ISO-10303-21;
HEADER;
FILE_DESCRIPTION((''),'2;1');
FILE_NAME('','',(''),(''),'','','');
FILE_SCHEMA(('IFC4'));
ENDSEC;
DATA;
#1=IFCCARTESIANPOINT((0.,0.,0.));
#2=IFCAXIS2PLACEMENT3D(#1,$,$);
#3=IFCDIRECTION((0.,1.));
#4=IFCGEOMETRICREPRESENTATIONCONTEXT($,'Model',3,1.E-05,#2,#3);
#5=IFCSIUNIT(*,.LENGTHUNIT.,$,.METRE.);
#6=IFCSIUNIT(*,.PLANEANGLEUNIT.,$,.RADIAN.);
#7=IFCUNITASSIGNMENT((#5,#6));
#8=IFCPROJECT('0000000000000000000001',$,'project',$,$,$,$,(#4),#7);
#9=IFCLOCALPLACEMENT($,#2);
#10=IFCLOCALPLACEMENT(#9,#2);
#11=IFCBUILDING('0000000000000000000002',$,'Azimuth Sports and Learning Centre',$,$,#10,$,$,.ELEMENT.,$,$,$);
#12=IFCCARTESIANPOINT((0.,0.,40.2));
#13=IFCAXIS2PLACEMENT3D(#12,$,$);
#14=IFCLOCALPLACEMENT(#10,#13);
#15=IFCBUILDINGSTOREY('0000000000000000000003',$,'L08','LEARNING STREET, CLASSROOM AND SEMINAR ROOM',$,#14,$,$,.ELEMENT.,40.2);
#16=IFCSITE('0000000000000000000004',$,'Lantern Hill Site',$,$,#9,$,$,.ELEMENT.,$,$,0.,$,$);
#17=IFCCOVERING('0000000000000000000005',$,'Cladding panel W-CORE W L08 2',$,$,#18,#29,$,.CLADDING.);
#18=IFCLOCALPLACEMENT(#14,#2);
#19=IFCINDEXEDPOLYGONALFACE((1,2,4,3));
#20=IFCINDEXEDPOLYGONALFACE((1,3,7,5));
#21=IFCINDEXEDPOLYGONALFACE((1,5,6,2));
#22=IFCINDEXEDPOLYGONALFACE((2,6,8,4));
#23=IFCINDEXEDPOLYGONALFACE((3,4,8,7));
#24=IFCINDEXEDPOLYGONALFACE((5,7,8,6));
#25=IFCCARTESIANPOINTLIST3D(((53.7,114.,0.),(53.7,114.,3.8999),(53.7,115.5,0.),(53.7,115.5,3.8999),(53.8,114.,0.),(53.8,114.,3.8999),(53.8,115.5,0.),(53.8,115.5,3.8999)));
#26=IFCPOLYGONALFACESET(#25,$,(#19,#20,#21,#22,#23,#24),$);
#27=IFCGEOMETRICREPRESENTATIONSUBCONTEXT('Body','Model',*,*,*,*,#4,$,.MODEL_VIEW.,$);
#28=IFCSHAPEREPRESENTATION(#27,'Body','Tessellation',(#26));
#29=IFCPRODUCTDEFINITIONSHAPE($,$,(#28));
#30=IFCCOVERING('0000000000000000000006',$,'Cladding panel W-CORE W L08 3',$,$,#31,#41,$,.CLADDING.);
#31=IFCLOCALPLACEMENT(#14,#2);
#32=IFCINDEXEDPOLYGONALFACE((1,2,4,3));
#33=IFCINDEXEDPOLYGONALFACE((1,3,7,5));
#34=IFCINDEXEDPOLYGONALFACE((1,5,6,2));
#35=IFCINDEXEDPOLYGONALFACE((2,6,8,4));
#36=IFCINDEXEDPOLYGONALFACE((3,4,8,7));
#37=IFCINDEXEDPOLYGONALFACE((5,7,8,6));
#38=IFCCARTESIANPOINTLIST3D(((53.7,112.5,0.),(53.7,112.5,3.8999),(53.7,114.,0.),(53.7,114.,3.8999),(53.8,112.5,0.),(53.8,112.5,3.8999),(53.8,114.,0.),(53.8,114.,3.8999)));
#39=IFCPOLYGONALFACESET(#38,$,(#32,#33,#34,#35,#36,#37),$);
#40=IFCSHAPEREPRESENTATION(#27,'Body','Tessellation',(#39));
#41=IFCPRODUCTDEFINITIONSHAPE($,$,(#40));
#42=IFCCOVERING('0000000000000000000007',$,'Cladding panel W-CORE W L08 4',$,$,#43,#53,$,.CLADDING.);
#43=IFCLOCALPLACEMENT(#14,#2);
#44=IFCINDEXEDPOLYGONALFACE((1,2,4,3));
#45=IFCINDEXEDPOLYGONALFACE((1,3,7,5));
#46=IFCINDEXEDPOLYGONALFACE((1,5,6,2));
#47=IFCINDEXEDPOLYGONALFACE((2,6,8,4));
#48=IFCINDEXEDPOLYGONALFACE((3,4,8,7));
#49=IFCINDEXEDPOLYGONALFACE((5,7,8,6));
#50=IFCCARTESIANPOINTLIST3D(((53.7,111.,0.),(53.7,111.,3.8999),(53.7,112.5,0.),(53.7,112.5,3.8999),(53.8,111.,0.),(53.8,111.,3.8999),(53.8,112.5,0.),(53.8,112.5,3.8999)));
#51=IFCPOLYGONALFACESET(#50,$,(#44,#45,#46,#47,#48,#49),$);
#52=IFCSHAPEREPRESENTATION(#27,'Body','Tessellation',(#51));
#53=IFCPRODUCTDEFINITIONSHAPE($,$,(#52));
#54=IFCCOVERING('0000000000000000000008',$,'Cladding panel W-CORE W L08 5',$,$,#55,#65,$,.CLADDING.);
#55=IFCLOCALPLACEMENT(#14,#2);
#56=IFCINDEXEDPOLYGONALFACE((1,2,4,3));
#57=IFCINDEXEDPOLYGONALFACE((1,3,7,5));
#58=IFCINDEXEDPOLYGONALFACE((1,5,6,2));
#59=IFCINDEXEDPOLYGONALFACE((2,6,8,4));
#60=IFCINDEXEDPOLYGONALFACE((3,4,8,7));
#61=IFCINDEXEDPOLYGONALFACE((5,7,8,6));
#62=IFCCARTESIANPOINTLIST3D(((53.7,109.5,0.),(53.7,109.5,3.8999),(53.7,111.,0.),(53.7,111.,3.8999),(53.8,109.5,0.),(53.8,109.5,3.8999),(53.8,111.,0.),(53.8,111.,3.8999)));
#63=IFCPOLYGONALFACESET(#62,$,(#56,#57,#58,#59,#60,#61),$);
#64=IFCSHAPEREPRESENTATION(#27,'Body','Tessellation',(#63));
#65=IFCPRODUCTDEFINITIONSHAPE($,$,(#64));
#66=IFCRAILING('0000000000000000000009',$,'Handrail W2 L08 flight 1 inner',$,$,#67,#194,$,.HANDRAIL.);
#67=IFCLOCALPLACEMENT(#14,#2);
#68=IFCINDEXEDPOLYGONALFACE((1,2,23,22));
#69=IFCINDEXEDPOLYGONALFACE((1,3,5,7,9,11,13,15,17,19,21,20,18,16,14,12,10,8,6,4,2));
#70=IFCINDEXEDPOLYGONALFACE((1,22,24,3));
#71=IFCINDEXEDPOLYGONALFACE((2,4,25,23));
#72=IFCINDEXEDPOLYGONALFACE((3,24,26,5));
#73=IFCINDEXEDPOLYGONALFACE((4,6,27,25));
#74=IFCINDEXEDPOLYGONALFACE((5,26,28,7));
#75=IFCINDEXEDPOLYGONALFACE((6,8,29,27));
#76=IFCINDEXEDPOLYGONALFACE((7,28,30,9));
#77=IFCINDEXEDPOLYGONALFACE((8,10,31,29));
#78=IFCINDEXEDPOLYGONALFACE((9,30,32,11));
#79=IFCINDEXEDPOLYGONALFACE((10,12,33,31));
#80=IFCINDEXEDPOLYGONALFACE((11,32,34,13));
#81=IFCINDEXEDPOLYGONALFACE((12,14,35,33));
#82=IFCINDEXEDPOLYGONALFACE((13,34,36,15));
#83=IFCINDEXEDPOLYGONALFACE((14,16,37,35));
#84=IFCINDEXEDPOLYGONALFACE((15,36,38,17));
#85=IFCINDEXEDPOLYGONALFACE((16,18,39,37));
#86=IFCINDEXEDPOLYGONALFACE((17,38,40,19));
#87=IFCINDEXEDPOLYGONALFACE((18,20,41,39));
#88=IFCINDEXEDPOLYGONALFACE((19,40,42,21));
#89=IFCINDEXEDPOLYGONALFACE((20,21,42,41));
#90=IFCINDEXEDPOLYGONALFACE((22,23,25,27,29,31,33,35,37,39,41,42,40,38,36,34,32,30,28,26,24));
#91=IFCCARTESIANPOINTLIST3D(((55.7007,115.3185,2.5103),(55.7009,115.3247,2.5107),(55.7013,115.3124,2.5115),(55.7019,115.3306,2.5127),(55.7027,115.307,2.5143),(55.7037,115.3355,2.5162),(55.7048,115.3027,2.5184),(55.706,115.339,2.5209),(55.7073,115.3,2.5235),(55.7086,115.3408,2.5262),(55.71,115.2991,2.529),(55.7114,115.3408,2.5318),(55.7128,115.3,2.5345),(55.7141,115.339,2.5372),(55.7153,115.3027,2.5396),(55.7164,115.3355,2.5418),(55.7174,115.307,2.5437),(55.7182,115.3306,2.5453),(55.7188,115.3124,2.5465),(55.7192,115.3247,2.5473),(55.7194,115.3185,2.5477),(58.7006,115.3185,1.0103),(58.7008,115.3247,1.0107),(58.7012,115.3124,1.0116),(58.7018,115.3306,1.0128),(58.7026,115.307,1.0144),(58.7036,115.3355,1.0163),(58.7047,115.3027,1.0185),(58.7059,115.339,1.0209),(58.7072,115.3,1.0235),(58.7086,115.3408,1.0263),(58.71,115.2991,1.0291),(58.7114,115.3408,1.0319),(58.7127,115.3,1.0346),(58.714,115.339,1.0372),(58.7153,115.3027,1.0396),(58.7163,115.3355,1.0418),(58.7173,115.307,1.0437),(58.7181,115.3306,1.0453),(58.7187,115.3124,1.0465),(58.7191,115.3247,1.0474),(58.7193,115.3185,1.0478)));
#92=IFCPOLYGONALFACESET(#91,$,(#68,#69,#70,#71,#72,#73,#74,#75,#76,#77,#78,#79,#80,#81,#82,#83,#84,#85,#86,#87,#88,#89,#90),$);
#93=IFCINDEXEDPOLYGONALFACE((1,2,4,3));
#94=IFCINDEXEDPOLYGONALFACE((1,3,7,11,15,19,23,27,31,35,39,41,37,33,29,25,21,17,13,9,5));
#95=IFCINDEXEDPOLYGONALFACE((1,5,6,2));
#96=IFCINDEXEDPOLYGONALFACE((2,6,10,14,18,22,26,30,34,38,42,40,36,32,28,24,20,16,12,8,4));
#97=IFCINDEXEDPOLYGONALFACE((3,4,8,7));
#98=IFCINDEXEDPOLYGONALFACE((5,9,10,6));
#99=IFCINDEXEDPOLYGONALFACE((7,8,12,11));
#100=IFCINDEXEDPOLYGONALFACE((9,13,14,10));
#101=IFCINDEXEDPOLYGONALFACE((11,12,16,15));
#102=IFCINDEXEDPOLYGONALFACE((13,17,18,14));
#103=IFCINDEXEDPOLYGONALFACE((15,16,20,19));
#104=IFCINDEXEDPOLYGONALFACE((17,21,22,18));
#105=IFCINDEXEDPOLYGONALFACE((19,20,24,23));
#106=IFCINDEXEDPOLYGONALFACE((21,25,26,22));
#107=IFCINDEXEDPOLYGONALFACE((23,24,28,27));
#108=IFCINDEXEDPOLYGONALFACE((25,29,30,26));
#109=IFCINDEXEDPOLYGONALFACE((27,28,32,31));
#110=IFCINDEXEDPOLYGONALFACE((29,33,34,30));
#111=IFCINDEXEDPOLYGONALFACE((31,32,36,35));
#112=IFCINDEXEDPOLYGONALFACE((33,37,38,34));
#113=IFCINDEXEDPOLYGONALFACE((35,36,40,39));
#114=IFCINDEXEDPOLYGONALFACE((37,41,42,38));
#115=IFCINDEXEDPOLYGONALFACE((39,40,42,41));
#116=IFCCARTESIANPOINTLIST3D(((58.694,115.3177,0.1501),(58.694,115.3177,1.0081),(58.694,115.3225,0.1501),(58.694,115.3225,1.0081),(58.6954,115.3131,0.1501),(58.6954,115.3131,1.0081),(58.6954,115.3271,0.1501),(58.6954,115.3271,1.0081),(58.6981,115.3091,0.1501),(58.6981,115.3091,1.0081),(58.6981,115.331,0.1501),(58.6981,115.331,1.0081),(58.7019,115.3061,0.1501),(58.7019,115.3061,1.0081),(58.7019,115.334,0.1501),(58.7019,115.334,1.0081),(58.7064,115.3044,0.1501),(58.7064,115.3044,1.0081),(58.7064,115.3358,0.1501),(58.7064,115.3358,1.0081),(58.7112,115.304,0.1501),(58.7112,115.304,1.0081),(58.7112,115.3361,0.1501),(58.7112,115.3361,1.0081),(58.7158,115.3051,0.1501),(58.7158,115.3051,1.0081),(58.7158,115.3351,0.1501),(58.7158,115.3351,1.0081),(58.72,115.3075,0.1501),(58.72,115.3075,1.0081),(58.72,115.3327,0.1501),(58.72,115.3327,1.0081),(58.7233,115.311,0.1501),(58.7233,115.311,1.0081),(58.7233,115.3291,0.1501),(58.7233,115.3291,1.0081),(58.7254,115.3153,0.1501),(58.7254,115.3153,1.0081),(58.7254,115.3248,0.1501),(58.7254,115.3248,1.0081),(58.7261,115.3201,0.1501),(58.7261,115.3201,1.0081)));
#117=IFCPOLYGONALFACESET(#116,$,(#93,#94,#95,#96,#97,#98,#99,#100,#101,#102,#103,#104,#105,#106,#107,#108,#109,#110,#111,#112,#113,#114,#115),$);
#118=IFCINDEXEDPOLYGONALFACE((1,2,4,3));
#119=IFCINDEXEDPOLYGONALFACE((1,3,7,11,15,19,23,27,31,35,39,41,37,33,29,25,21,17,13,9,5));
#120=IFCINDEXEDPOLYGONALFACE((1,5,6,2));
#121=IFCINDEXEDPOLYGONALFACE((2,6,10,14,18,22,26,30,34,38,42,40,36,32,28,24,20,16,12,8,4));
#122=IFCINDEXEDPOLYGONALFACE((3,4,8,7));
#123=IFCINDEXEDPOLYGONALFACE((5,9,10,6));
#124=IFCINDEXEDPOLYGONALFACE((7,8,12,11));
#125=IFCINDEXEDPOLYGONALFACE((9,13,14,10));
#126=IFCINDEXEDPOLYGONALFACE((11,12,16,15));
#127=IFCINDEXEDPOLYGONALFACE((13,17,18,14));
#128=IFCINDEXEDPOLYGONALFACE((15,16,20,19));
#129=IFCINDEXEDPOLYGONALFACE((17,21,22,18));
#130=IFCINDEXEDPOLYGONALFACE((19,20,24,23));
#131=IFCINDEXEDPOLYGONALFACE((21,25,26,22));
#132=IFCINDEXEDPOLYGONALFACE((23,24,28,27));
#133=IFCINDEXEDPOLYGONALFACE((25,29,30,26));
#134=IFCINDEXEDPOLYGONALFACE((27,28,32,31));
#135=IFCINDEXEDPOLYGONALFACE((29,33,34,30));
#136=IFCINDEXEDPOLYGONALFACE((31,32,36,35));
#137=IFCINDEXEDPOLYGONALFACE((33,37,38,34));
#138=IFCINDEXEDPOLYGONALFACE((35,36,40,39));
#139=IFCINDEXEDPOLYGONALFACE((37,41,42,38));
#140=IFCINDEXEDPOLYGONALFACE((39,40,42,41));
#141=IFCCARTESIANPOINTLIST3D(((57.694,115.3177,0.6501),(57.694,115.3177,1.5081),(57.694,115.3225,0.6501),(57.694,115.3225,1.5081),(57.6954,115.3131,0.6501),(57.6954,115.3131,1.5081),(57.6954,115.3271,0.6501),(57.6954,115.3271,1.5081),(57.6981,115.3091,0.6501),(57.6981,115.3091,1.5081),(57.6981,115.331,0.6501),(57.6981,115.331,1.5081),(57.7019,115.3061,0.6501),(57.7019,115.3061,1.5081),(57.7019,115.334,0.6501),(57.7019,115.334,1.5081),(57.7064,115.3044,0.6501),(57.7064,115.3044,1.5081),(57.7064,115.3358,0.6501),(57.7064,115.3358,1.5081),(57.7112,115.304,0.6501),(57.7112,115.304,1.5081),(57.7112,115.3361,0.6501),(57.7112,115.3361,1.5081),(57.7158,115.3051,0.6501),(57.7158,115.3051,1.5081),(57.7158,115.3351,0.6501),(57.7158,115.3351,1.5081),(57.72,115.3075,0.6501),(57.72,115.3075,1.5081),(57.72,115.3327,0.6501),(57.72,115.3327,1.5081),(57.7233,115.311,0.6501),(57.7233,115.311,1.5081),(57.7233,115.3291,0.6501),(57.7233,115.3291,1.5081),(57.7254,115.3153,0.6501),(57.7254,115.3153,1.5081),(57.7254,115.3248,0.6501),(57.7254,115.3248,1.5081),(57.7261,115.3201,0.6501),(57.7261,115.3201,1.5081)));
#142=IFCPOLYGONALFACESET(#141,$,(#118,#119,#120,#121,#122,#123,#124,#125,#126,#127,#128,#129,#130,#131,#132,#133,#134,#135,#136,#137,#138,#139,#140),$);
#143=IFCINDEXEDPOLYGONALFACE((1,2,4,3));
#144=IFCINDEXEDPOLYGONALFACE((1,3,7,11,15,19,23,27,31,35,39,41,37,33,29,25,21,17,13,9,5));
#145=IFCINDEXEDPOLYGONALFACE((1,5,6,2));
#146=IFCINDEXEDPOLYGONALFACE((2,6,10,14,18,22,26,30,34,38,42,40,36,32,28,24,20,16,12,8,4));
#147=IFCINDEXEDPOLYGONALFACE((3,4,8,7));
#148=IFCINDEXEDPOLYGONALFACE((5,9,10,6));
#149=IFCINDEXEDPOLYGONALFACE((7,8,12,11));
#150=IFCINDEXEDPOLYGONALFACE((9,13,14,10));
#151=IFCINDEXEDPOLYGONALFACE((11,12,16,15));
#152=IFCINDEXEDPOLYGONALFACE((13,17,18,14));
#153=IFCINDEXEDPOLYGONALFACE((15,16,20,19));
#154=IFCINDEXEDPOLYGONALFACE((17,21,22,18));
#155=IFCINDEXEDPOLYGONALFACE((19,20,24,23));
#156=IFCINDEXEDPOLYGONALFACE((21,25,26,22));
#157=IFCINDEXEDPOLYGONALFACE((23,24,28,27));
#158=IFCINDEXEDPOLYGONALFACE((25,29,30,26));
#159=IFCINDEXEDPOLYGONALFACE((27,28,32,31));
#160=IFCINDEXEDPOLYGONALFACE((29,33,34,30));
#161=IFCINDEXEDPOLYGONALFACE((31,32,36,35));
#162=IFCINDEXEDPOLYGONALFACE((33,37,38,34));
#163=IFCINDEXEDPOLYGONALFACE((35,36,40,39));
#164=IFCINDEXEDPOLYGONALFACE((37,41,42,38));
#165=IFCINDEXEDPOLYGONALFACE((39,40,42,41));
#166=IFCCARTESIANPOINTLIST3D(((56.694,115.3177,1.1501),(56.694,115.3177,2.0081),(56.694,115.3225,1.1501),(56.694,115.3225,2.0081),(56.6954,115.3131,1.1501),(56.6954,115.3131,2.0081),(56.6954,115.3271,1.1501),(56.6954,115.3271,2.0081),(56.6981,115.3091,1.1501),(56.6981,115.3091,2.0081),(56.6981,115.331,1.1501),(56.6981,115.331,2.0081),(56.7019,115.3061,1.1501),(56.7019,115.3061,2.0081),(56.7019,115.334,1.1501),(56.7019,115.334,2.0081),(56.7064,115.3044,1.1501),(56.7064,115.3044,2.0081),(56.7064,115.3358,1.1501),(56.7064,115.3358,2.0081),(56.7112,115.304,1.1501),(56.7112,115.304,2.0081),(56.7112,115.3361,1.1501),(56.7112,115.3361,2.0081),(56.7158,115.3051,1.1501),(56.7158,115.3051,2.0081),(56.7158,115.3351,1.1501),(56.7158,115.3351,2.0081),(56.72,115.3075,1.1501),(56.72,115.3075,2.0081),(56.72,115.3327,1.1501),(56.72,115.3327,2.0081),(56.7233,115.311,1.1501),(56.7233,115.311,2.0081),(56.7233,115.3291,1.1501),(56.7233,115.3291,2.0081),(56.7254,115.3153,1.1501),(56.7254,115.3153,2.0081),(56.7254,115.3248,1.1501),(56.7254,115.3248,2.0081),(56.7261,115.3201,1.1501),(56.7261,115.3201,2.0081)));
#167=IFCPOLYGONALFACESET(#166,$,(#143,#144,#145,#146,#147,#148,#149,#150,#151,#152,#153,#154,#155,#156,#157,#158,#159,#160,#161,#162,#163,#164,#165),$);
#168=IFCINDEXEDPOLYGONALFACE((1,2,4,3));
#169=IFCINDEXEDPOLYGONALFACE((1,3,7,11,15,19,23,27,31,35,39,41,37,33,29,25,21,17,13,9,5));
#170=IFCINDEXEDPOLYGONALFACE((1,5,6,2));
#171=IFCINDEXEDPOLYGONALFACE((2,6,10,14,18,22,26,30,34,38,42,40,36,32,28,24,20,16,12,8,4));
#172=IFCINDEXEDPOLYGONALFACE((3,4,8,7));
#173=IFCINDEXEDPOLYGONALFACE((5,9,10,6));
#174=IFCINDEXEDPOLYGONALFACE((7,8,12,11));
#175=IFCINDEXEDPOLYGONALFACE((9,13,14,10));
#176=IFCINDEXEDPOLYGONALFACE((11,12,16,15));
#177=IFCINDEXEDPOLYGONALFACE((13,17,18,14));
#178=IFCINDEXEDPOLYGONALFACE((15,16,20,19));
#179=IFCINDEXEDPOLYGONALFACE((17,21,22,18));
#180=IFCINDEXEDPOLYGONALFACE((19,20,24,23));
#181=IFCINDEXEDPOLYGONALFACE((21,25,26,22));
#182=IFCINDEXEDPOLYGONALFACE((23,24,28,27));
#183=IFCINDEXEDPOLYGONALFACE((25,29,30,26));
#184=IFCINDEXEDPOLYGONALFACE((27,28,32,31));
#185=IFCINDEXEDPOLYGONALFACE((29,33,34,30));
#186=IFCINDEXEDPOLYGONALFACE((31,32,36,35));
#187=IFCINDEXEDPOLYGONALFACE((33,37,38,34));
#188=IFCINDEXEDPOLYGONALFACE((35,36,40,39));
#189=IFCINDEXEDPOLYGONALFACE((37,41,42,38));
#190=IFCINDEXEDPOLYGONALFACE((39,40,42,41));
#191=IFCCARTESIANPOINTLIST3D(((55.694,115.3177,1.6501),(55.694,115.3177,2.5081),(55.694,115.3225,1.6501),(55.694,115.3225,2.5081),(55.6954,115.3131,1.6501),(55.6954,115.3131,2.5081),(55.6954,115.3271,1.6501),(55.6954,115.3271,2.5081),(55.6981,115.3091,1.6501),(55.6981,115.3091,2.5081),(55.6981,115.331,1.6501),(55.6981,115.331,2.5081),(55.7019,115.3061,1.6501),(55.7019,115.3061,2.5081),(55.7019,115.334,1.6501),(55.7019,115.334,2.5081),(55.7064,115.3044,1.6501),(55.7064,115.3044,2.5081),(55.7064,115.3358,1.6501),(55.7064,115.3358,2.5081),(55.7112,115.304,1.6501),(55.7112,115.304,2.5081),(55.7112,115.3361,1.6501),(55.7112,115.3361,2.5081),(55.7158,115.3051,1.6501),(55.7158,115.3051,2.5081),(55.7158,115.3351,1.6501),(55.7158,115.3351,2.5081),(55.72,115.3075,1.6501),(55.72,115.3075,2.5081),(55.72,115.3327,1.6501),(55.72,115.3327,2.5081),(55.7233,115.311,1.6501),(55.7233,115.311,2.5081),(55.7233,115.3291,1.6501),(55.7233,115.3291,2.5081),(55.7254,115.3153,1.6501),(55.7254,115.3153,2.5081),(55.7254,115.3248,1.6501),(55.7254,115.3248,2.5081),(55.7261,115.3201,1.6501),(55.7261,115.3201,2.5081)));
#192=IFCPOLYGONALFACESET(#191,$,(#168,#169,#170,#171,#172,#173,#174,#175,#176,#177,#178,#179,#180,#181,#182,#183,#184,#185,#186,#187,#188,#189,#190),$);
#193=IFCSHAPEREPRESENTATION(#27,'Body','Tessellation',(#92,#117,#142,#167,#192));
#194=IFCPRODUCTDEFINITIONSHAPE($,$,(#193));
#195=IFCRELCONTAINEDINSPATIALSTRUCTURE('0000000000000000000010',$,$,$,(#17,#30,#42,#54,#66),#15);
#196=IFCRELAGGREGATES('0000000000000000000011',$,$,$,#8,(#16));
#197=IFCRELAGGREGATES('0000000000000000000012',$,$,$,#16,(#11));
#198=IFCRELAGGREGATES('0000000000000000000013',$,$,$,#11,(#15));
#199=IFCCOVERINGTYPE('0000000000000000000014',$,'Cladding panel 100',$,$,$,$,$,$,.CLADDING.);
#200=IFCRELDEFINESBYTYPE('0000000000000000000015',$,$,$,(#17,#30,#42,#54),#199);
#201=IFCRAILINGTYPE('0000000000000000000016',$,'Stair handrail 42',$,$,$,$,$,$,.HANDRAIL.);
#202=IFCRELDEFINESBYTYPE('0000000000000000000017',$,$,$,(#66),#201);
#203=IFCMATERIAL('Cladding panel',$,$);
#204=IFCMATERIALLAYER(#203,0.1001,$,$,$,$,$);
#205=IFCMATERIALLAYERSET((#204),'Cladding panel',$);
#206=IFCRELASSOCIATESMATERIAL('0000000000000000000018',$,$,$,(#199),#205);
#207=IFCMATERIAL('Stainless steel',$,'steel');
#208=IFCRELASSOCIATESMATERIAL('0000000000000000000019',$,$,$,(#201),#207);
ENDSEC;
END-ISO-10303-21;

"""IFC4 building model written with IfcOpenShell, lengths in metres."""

from ifc_helpers import new_model, si_unit, direction, frame, origin, origin_2d, place, context, subcontext, project, spatial, rectangle, circle, extrude, material, layer, layer_set, type_object, element, save


model = new_model("IFC4")

# Units and contexts
model_context = context("Model", 3, precision=1e-05, world=origin(), true_north=direction((0.0, 1.0)))
body_context = subcontext(model_context, "Body", "Model", "MODEL_VIEW")
ifc_project = project(units=[si_unit("LENGTHUNIT", "METRE"), si_unit("PLANEANGLEUNIT", "RADIAN")], contexts=[model_context])

# Site, building, storey
site_placement = place(None, origin())
site = spatial("IfcSite", under=ifc_project, at=site_placement, Name="Lantern Hill Site", CompositionType="ELEMENT", RefElevation=0.0)
building_placement = place(site_placement, origin())
building = spatial("IfcBuilding", under=site, at=building_placement, Name="Azimuth Sports and Learning Centre", CompositionType="ELEMENT")
storey_placement = place(building_placement, frame((0.0, 0.0, 40.2)))
storey = spatial("IfcBuildingStorey", under=building, at=storey_placement, Name="L08", Description="LEARNING STREET, CLASSROOM AND SEMINAR ROOM", CompositionType="ELEMENT", Elevation=40.2)

# Coverings
ifc_material_1 = material(Name="Cladding panel")
ifc_layer_1 = layer(ifc_material_1, 0.1001)
ifc_layer_set_1 = layer_set([ifc_layer_1], Name="Cladding panel")
covering_type = type_object("IfcCoveringType", Name="Cladding panel 100", PredefinedType="CLADDING", material=ifc_layer_set_1)
for number, where, z_axis, x_axis, name in (
    (1, (53.75, 114.75, 0.0), (0.0, 0.0, 1.0), (0.0, -1.0, 0.0), "Cladding panel W-CORE W L08 2"),
    (2, (53.75, 113.25, 0.0), (0.0, 0.0, 1.0), (0.0, -1.0, 0.0), "Cladding panel W-CORE W L08 3"),
    (3, (53.75, 111.75, 0.0), (0.0, 0.0, 1.0), (0.0, -1.0, 0.0), "Cladding panel W-CORE W L08 4"),
    (4, (53.75, 110.25, 0.0), (0.0, 0.0, 1.0), (0.0, -1.0, 0.0), "Cladding panel W-CORE W L08 5"),
):
    element("IfcCovering", number, at=place(storey_placement, frame(where, z_axis=z_axis, x_axis=x_axis)), inside=storey, type_object=covering_type, Name=name, PredefinedType="CLADDING", context=body_context, shape_type="SweptSolid", body=[
        extrude(rectangle(XDim=1.5, YDim=0.1001, at=origin_2d()), origin(), (0.0, 0.0, 1.0), 3.8999),
    ])

# Railing
ifc_material_2 = material(Name="Stainless steel", Category="steel")
railing_type_1 = type_object("IfcRailingType", Name="Stair handrail 42", PredefinedType="HANDRAIL", material=ifc_material_2)
for number, where, name in (
    (5, (58.71, 115.3201, 0.1501), "Handrail W2 L08 flight 1 inner"),
):
    element("IfcRailing", number, at=place(storey_placement, frame(where)), inside=storey, type_object=railing_type_1, Name=name, PredefinedType="HANDRAIL", context=body_context, shape_type="SweptSolid", body=[
        extrude(circle(Radius=0.021, at=origin_2d()), frame((0.0, 0.0, 0.8789), z_axis=(-0.894427, 0.0, 0.447214), x_axis=(0.0, -1.0, 0.0)), (0.0, 0.0, 1.0), 3.354),
        extrude(circle(Radius=0.0161, at=origin_2d()), origin(), (0.0, 0.0, 1.0), 0.8579),
        extrude(circle(Radius=0.0161, at=origin_2d()), frame((-1.0, 0.0, 0.5)), (0.0, 0.0, 1.0), 0.8579),
        extrude(circle(Radius=0.0161, at=origin_2d()), frame((-2.0, 0.0, 1.0)), (0.0, 0.0, 1.0), 0.8579),
        extrude(circle(Radius=0.0161, at=origin_2d()), frame((-3.0, 0.0, 1.5)), (0.0, 0.0, 1.0), 0.8579),
    ])

save(model, "model.ifc")
